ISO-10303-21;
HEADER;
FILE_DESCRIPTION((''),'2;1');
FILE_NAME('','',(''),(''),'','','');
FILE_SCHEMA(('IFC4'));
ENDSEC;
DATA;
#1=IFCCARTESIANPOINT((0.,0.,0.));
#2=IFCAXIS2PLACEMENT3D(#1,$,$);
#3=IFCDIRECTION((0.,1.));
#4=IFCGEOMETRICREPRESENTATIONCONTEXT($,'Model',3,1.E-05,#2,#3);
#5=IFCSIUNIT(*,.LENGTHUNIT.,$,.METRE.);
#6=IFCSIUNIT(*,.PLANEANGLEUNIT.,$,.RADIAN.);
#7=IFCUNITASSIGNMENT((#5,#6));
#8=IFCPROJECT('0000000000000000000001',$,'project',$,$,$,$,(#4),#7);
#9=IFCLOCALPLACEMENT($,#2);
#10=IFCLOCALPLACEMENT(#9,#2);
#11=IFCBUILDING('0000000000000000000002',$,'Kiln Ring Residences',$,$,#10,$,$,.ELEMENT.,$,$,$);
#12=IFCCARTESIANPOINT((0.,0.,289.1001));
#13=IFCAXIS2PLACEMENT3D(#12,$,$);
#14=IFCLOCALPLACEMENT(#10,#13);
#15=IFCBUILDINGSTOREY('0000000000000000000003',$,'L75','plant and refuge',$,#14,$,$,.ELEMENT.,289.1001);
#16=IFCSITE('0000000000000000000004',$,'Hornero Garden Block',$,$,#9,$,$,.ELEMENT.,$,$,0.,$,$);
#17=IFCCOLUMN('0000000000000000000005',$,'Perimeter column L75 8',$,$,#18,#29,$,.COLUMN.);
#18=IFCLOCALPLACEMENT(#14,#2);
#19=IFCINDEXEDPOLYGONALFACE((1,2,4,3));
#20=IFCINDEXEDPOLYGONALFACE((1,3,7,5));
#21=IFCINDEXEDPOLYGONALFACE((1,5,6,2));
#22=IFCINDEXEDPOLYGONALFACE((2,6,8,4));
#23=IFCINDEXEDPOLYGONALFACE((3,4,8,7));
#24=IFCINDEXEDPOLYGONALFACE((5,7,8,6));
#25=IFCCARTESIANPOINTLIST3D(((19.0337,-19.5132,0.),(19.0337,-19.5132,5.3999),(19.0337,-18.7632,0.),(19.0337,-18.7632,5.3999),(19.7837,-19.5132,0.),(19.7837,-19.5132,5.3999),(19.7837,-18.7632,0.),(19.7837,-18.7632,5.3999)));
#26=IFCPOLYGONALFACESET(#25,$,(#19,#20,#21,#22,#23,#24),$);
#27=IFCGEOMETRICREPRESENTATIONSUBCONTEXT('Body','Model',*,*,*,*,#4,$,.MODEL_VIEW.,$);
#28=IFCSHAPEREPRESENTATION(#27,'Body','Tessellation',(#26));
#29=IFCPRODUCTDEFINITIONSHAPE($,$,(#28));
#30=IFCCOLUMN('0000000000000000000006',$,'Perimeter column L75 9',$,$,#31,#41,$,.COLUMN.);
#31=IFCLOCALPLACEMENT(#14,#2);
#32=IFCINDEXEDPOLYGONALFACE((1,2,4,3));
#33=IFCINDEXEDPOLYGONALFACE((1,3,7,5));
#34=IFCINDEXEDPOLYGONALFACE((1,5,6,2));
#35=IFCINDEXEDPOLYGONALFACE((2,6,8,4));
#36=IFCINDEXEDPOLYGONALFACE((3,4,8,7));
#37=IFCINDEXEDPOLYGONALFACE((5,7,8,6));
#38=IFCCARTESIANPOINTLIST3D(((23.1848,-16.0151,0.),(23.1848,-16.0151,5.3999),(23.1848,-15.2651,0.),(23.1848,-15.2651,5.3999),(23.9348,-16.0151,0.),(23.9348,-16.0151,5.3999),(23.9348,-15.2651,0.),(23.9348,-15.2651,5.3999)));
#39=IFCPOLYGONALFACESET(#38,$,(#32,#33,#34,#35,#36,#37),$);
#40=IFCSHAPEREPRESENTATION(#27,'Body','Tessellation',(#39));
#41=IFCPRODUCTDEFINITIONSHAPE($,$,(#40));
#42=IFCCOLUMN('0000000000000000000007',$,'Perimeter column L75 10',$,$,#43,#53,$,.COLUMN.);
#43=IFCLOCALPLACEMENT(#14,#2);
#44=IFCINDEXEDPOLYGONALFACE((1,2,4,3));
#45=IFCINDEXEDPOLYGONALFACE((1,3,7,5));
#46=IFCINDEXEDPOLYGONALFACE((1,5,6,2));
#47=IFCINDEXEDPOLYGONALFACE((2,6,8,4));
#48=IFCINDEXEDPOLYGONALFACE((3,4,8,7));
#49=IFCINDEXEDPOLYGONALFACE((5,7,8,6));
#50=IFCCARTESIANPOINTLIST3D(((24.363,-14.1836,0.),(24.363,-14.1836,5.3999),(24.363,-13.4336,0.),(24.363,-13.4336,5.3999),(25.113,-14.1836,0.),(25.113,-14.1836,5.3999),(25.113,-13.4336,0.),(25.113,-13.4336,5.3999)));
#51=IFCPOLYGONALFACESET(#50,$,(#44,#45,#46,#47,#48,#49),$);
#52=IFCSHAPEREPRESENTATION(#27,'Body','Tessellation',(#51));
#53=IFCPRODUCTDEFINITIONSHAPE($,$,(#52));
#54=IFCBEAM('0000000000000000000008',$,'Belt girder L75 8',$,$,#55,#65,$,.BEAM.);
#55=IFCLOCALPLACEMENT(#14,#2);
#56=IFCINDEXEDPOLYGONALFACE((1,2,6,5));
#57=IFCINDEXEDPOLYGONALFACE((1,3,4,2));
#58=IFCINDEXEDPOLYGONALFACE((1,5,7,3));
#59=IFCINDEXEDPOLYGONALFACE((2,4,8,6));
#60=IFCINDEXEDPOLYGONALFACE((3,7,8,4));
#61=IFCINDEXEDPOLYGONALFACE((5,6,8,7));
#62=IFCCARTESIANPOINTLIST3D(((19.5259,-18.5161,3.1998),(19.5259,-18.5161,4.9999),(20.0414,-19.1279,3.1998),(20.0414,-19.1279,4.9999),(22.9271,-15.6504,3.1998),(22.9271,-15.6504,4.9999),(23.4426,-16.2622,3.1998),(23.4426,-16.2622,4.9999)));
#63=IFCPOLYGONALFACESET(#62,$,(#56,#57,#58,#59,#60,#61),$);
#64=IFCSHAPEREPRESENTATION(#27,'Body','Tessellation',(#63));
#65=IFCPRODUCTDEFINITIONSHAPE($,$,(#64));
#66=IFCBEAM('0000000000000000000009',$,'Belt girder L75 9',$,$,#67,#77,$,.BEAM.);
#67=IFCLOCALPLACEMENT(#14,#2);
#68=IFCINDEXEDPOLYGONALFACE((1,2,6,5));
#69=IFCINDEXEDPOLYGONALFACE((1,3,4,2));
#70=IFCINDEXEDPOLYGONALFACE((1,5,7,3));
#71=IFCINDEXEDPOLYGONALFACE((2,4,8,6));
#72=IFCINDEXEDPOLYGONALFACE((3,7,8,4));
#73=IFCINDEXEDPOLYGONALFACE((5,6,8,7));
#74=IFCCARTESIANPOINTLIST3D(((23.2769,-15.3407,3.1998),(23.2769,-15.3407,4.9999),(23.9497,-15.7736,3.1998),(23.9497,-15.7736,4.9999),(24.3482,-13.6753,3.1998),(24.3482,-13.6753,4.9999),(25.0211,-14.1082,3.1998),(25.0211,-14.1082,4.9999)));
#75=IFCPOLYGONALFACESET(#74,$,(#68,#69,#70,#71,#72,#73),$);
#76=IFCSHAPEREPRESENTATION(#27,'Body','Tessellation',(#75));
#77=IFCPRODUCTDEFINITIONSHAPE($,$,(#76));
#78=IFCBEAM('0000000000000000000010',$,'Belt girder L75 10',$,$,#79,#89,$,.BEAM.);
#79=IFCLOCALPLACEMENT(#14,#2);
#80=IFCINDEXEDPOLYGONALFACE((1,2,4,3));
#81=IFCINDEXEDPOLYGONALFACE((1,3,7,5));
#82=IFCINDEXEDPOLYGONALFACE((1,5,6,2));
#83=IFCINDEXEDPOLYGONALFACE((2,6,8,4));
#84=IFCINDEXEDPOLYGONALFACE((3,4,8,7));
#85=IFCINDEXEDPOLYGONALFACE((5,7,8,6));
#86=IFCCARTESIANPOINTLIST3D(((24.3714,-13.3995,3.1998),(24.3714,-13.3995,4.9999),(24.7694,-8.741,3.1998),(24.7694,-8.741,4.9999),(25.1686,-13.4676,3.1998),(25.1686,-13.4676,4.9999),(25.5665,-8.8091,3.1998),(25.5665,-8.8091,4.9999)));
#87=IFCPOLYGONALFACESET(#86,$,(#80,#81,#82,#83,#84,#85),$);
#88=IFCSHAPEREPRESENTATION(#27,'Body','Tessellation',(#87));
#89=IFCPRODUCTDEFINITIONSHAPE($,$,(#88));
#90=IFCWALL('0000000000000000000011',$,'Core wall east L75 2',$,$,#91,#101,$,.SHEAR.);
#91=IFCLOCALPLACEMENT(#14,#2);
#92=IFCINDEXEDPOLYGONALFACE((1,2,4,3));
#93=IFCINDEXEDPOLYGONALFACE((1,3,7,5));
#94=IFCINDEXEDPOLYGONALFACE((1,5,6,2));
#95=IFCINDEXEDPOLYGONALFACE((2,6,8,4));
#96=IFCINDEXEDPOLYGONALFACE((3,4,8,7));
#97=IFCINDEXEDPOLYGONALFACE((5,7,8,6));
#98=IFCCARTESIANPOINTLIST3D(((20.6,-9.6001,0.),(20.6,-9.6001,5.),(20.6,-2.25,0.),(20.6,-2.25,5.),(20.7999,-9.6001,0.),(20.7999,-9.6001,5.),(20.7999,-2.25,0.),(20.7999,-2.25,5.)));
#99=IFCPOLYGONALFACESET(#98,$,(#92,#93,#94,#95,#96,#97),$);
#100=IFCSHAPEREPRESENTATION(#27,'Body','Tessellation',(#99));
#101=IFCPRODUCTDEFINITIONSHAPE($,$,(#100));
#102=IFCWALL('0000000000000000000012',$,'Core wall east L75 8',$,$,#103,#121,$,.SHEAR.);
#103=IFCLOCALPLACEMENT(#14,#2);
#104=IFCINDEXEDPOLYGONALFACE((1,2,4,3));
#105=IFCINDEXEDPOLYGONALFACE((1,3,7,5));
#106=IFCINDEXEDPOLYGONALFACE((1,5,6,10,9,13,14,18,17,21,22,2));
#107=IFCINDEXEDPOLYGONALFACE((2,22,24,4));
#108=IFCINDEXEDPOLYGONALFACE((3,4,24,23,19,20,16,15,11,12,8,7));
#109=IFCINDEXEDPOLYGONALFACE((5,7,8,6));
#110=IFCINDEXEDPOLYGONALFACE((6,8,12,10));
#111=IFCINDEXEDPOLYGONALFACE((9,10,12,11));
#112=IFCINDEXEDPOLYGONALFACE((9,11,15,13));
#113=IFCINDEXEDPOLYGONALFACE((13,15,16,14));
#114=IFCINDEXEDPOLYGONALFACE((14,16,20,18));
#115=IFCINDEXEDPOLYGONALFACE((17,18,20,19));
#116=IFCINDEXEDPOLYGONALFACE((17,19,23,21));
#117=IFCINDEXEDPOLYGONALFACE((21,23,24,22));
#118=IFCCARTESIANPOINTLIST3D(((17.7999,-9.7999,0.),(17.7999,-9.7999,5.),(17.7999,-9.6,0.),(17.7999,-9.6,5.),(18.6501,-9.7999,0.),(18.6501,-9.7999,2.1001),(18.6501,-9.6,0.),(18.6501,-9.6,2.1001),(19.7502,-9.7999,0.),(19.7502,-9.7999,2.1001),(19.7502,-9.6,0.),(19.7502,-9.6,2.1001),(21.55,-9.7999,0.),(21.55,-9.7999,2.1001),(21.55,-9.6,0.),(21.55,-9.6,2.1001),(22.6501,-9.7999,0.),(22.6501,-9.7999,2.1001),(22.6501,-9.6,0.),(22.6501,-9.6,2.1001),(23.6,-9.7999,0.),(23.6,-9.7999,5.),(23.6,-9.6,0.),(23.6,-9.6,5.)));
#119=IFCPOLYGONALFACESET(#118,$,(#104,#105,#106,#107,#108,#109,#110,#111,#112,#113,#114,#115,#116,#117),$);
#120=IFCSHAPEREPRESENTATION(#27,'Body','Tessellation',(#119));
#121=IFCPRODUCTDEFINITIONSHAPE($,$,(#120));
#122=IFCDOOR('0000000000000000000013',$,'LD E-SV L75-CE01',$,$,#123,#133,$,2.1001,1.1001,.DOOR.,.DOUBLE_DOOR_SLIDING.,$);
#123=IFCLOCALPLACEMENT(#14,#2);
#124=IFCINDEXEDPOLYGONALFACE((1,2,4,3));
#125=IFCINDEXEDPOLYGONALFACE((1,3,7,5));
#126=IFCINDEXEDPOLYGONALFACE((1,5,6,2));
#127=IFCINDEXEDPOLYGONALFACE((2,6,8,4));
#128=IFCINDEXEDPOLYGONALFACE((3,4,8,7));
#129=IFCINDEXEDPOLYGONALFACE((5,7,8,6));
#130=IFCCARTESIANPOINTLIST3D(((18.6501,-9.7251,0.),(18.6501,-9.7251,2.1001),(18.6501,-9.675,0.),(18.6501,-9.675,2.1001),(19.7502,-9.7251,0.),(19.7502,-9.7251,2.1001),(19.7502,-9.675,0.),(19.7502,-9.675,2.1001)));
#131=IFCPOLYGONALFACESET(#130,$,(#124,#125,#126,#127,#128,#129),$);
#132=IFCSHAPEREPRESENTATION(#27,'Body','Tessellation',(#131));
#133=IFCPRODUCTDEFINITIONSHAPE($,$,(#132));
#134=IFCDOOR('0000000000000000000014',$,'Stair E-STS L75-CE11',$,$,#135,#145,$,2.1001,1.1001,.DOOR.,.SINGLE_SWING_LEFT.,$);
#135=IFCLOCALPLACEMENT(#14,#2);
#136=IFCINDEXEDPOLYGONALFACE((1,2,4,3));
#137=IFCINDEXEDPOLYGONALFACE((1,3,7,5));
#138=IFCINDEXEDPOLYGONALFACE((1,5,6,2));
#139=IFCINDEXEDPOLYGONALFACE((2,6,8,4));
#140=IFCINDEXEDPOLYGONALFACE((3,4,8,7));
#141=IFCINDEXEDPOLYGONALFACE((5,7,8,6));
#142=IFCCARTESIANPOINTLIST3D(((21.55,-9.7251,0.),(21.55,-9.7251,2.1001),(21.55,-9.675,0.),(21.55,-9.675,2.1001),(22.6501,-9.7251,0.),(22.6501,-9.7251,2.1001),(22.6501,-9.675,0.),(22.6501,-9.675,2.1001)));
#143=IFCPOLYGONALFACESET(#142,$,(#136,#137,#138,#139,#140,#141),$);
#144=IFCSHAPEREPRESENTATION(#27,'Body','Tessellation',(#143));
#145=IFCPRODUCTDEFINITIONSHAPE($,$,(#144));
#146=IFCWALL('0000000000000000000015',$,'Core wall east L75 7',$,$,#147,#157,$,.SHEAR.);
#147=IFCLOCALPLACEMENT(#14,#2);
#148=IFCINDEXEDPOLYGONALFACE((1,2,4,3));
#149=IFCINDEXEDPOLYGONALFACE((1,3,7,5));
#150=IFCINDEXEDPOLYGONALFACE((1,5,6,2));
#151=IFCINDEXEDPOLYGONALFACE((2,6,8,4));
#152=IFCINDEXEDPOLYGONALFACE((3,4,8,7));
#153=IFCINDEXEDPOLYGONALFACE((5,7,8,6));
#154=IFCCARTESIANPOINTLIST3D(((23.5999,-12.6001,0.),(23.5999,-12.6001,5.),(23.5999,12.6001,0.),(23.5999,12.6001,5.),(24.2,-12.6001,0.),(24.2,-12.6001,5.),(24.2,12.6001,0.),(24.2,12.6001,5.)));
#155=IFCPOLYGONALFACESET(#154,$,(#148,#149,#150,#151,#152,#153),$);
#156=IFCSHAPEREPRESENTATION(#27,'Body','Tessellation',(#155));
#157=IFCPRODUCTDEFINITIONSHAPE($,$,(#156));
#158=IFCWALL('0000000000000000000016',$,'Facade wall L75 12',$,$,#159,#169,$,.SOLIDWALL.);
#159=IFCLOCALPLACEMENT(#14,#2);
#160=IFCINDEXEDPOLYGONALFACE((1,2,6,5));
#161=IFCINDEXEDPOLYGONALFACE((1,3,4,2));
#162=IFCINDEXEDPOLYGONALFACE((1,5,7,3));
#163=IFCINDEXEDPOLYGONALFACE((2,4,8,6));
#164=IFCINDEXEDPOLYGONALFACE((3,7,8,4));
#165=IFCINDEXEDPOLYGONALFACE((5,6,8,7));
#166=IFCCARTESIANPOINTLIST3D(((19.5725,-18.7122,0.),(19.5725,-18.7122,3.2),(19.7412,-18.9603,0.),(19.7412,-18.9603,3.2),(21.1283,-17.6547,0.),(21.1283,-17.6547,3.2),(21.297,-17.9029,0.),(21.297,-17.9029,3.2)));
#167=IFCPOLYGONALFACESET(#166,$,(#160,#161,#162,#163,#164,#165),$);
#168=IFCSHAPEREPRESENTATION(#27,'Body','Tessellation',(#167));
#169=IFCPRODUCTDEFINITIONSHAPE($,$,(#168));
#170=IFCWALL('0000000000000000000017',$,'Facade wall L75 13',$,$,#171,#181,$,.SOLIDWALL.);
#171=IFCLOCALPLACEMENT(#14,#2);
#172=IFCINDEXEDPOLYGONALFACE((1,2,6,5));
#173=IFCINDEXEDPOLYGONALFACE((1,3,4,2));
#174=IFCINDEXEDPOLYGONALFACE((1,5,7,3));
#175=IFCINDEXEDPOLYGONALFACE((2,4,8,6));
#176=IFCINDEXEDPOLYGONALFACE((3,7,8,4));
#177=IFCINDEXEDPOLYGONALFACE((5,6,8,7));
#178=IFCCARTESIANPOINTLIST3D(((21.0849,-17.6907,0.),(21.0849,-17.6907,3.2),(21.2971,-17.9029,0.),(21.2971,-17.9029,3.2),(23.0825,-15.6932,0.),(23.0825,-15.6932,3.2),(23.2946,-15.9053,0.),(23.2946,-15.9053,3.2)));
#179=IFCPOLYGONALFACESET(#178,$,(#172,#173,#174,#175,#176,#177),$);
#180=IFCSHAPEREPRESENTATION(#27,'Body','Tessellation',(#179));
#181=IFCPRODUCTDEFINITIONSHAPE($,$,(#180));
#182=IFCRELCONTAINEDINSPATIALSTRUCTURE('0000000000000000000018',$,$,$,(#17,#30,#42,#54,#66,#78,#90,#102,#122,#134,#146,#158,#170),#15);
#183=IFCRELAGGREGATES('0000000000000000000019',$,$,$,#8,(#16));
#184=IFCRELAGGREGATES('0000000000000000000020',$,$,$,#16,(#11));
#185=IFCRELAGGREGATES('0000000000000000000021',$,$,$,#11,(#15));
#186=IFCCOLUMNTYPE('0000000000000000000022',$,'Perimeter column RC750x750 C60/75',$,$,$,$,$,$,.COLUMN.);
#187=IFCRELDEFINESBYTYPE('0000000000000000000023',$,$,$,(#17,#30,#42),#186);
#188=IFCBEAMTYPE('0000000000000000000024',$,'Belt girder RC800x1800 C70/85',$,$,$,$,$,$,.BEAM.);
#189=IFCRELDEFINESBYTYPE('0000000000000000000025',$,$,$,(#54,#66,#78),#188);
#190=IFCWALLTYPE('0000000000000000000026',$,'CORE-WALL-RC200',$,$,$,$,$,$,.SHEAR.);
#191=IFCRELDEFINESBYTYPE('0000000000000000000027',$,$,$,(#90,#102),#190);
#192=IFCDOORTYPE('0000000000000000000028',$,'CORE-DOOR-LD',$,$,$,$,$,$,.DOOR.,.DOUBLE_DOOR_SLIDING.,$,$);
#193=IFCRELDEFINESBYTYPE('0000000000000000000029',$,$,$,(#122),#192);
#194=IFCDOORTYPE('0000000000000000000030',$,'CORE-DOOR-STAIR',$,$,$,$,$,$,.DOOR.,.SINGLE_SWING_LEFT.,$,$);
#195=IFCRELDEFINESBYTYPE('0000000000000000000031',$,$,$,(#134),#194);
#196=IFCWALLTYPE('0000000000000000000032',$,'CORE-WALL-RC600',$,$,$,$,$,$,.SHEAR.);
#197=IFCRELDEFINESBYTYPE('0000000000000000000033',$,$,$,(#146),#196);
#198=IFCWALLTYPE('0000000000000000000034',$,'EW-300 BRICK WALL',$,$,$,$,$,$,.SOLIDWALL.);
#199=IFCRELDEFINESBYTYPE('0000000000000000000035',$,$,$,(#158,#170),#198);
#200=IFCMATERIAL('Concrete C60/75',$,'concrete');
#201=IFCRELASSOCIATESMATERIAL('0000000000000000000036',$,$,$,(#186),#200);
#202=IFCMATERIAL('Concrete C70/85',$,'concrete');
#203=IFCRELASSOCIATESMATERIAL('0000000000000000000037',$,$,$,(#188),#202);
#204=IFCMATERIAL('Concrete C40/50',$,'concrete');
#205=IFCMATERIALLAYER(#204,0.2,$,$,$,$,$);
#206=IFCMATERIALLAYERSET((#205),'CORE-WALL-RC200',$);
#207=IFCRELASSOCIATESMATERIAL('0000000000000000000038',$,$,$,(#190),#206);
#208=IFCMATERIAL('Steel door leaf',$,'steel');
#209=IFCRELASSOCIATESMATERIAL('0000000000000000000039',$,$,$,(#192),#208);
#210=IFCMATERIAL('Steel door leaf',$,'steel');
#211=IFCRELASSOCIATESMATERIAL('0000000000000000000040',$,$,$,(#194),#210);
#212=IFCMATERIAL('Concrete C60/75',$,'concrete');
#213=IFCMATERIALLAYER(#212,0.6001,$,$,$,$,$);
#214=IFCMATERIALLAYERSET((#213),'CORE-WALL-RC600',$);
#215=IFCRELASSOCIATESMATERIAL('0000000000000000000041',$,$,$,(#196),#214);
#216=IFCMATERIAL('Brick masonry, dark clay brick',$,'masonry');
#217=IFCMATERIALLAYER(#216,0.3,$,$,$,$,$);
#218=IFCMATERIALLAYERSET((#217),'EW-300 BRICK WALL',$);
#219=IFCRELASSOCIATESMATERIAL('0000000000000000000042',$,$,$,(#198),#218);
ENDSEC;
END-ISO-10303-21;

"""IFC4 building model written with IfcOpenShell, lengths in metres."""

from ifc_helpers import new_model, si_unit, direction, frame, frame_2d, origin, origin_2d, place, context, subcontext, project, spatial, rectangle, extrude, material, layer, layer_set, material_profile, profile_set, type_object, element, fill, save


model = new_model("IFC4")

# Units and contexts
model_context = context("Model", 3, precision=1e-05, world=origin(), true_north=direction((0.0, 1.0)))
body_context = subcontext(model_context, "Body", "Model", "MODEL_VIEW")
ifc_project = project(units=[si_unit("LENGTHUNIT", "METRE"), si_unit("PLANEANGLEUNIT", "RADIAN")], contexts=[model_context])

# Site, building, storey
site_placement = place(None, origin())
site = spatial("IfcSite", under=ifc_project, at=site_placement, Name="Hornero Garden Block", CompositionType="ELEMENT", RefElevation=0.0)
building_placement = place(site_placement, origin())
building = spatial("IfcBuilding", under=site, at=building_placement, Name="Kiln Ring Residences", CompositionType="ELEMENT")
storey_placement = place(building_placement, frame((0.0, 0.0, 289.1001)))
storey = spatial("IfcBuildingStorey", under=building, at=storey_placement, Name="L75", Description="plant and refuge", CompositionType="ELEMENT", Elevation=289.1001)

# Columns
ifc_material_1 = material(Name="Concrete C60/75", Category="concrete")
ifc_material_profile_1 = material_profile(ifc_material_1, rectangle(XDim=0.75, YDim=0.75, at=origin_2d()), Name="RC750x750")
ifc_profile_set_1 = profile_set([ifc_material_profile_1], Name="Concrete C60/75")
column_type = type_object("IfcColumnType", Name="Perimeter column RC750x750 C60/75", PredefinedType="COLUMN", material=ifc_profile_set_1)
for number, where, z_axis, x_axis, name in (
    (1, (19.4087, -19.1382, 0.0), (0.0, 0.0, 1.0), (1.0, 0.0, 0.0), "Perimeter column L75 8"),
    (2, (23.5598, -15.6401, 0.0), (0.0, 0.0, 1.0), (1.0, 0.0, 0.0), "Perimeter column L75 9"),
    (3, (24.738, -13.8086, 0.0), (0.0, 0.0, 1.0), (1.0, 0.0, 0.0), "Perimeter column L75 10"),
):
    element("IfcColumn", number, at=place(storey_placement, frame(where, z_axis=z_axis, x_axis=x_axis)), inside=storey, type_object=column_type, Name=name, PredefinedType="COLUMN", context=body_context, shape_type="SweptSolid", body=[
        extrude(rectangle(XDim=0.75, YDim=0.75, at=origin_2d()), origin(), (0.0, 0.0, 1.0), 5.3999),
    ])

# Beams
ifc_material_2 = material(Name="Concrete C70/85", Category="concrete")
ifc_material_profile_2 = material_profile(ifc_material_2, rectangle(XDim=0.8, YDim=1.8, at=origin_2d()), Name="RC800x1800")
ifc_profile_set_2 = profile_set([ifc_material_profile_2], Name="Concrete C70/85")
beam_type = type_object("IfcBeamType", Name="Belt girder RC800x1800 C70/85", PredefinedType="BEAM", material=ifc_profile_set_2)
beam_1_placement = place(storey_placement, frame((19.7837, -18.822, 4.0999), z_axis=(0.764732, 0.644349, 0.0), x_axis=(-0.644349, 0.764732, 0.0)))
element("IfcBeam", 4, at=beam_1_placement, inside=storey, type_object=beam_type, Name="Belt girder L75 8", PredefinedType="BEAM", context=body_context, shape_type="SweptSolid", body=[
    extrude(rectangle(XDim=0.8, YDim=1.8, at=origin_2d()), origin(), (0.0, 0.0, 1.0), 4.4475),
])
beam_2_placement = place(storey_placement, frame((23.6133, -15.5571, 4.0999), z_axis=(0.541026, 0.841006, 0.0), x_axis=(-0.841006, 0.541026, 0.0)))
element("IfcBeam", 5, at=beam_2_placement, inside=storey, type_object=beam_type, Name="Belt girder L75 9", PredefinedType="BEAM", context=body_context, shape_type="SweptSolid", body=[
    extrude(rectangle(XDim=0.8, YDim=1.8, at=origin_2d()), origin(), (0.0, 0.0, 1.0), 1.9802),
])
beam_3_placement = place(storey_placement, frame((24.77, -13.4336, 4.0999), z_axis=(0.085111, 0.996371, 0.0), x_axis=(-0.996371, 0.085111, 0.0)))
element("IfcBeam", 6, at=beam_3_placement, inside=storey, type_object=beam_type, Name="Belt girder L75 10", PredefinedType="BEAM", context=body_context, shape_type="SweptSolid", body=[
    extrude(rectangle(XDim=0.8, YDim=1.8, at=origin_2d()), origin(), (0.0, 0.0, 1.0), 4.6755),
])

# Wall
ifc_material_3 = material(Name="Concrete C40/50", Category="concrete")
ifc_layer_1 = layer(ifc_material_3, 0.2)
ifc_layer_set_1 = layer_set([ifc_layer_1], Name="CORE-WALL-RC200")
wall_type_1 = type_object("IfcWallType", Name="CORE-WALL-RC200", PredefinedType="SHEAR", material=ifc_layer_set_1)
wall_1_placement = place(storey_placement, frame((20.7, -9.6001, 0.0), z_axis=(0.0, 0.0, 1.0), x_axis=(0.0, 1.0, 0.0)))
element("IfcWall", 7, at=wall_1_placement, inside=storey, type_object=wall_type_1, Name="Core wall east L75 2", PredefinedType="SHEAR", context=body_context, shape_type="SweptSolid", body=[
    extrude(rectangle(XDim=7.3501, YDim=0.2, at=frame_2d((3.675, 0.0))), origin(), (0.0, 0.0, 1.0), 5.0),
])

# Wall, openings, doors
wall_2_placement = place(storey_placement, frame((17.8, -9.7, 0.0), z_axis=(0.0, 0.0, 1.0), x_axis=(1.0, 0.0, 0.0)))
wall_2 = element("IfcWall", 8, at=wall_2_placement, inside=storey, type_object=wall_type_1, Name="Core wall east L75 8", PredefinedType="SHEAR", context=body_context, shape_type="SweptSolid", body=[
    extrude(rectangle(XDim=5.8, YDim=0.2, at=frame_2d((2.8999, 0.0))), origin(), (0.0, 0.0, 1.0), 5.0),
])
opening_1_placement = place(wall_2_placement, frame((0.8501, 0.0, 0.0)))
opening_1 = element("IfcOpeningElement", 9, at=opening_1_placement, cuts=wall_2, PredefinedType="OPENING", context=body_context, shape_type="SweptSolid", body=[
    extrude(rectangle(XDim=1.1001, YDim=2.1001, at=frame_2d((0.55, 1.05))), frame((0.0, 0.1099, 0.0), z_axis=(0.0, -1.0, 0.0), x_axis=(1.0, 0.0, 0.0)), (0.0, 0.0, 1.0), 0.22),
])
opening_2_placement = place(wall_2_placement, frame((3.75, 0.0, 0.0)))
opening_2 = element("IfcOpeningElement", 10, at=opening_2_placement, cuts=wall_2, PredefinedType="OPENING", context=body_context, shape_type="SweptSolid", body=[
    extrude(rectangle(XDim=1.1001, YDim=2.1001, at=frame_2d((0.55, 1.05))), frame((0.0, 0.1099, 0.0), z_axis=(0.0, -1.0, 0.0), x_axis=(1.0, 0.0, 0.0)), (0.0, 0.0, 1.0), 0.22),
])
ifc_material_4 = material(Name="Steel door leaf", Category="steel")
door_type_1 = type_object("IfcDoorType", Name="CORE-DOOR-LD", OperationType="DOUBLE_DOOR_SLIDING", PredefinedType="DOOR", material=ifc_material_4)
door_1_placement = place(opening_1_placement, origin())
door_1 = element("IfcDoor", 11, at=door_1_placement, inside=storey, type_object=door_type_1, Name="LD E-SV L75-CE01", OperationType="DOUBLE_DOOR_SLIDING", OverallHeight=2.1001, OverallWidth=1.1001, PredefinedType="DOOR", context=body_context, shape_type="SweptSolid", body=[
    extrude(rectangle(XDim=1.1001, YDim=2.1001, at=frame_2d((0.55, 1.05))), frame((0.0, 0.0249, 0.0), z_axis=(0.0, -1.0, 0.0), x_axis=(1.0, 0.0, 0.0)), (0.0, 0.0, 1.0), 0.05),
])
fill(opening_1, door_1)
ifc_material_5 = material(Name="Steel door leaf", Category="steel")
door_type_2 = type_object("IfcDoorType", Name="CORE-DOOR-STAIR", OperationType="SINGLE_SWING_LEFT", PredefinedType="DOOR", material=ifc_material_5)
door_2_placement = place(opening_2_placement, origin())
door_2 = element("IfcDoor", 12, at=door_2_placement, inside=storey, type_object=door_type_2, Name="Stair E-STS L75-CE11", OperationType="SINGLE_SWING_LEFT", OverallHeight=2.1001, OverallWidth=1.1001, PredefinedType="DOOR", context=body_context, shape_type="SweptSolid", body=[
    extrude(rectangle(XDim=1.1001, YDim=2.1001, at=frame_2d((0.55, 1.05))), frame((0.0, 0.0249, 0.0), z_axis=(0.0, -1.0, 0.0), x_axis=(1.0, 0.0, 0.0)), (0.0, 0.0, 1.0), 0.05),
])
fill(opening_2, door_2)

# Walls
ifc_material_6 = material(Name="Concrete C60/75", Category="concrete")
ifc_layer_2 = layer(ifc_material_6, 0.6001)
ifc_layer_set_2 = layer_set([ifc_layer_2], Name="CORE-WALL-RC600")
wall_type_2 = type_object("IfcWallType", Name="CORE-WALL-RC600", PredefinedType="SHEAR", material=ifc_layer_set_2)
wall_3_placement = place(storey_placement, frame((23.8999, -12.6001, 0.0), z_axis=(0.0, 0.0, 1.0), x_axis=(0.0, 1.0, 0.0)))
element("IfcWall", 13, at=wall_3_placement, inside=storey, type_object=wall_type_2, Name="Core wall east L75 7", PredefinedType="SHEAR", context=body_context, shape_type="SweptSolid", body=[
    extrude(rectangle(XDim=25.2002, YDim=0.6001, at=frame_2d((12.6001, 0.0))), origin(), (0.0, 0.0, 1.0), 5.0),
])
ifc_material_7 = material(Name="Brick masonry, dark clay brick", Category="masonry")
ifc_layer_3 = layer(ifc_material_7, 0.3)
ifc_layer_set_3 = layer_set([ifc_layer_3], Name="EW-300 BRICK WALL")
wall_type_3 = type_object("IfcWallType", Name="EW-300 BRICK WALL", PredefinedType="SOLIDWALL", material=ifc_layer_set_3)
wall_4_placement = place(storey_placement, frame((19.657, -18.8362, 0.0), z_axis=(0.0, 0.0, 1.0), x_axis=(0.827045, 0.562136, 0.0)))
element("IfcWall", 14, at=wall_4_placement, inside=storey, type_object=wall_type_3, Name="Facade wall L75 12", PredefinedType="SOLIDWALL", context=body_context, shape_type="SweptSolid", body=[
    extrude(rectangle(XDim=1.8811, YDim=0.3, at=frame_2d((0.9404, 0.0))), origin(), (0.0, 0.0, 1.0), 3.2),
])
wall_5_placement = place(storey_placement, frame((21.1909, -17.7969, 0.0), z_axis=(0.0, 0.0, 1.0), x_axis=(0.707107, 0.707107, 0.0)))
element("IfcWall", 15, at=wall_5_placement, inside=storey, type_object=wall_type_3, Name="Facade wall L75 13", PredefinedType="SOLIDWALL", context=body_context, shape_type="SweptSolid", body=[
    extrude(rectangle(XDim=2.825, YDim=0.3, at=frame_2d((1.4126, 0.0))), origin(), (0.0, 0.0, 1.0), 3.2),
])

save(model, "model.ifc")
